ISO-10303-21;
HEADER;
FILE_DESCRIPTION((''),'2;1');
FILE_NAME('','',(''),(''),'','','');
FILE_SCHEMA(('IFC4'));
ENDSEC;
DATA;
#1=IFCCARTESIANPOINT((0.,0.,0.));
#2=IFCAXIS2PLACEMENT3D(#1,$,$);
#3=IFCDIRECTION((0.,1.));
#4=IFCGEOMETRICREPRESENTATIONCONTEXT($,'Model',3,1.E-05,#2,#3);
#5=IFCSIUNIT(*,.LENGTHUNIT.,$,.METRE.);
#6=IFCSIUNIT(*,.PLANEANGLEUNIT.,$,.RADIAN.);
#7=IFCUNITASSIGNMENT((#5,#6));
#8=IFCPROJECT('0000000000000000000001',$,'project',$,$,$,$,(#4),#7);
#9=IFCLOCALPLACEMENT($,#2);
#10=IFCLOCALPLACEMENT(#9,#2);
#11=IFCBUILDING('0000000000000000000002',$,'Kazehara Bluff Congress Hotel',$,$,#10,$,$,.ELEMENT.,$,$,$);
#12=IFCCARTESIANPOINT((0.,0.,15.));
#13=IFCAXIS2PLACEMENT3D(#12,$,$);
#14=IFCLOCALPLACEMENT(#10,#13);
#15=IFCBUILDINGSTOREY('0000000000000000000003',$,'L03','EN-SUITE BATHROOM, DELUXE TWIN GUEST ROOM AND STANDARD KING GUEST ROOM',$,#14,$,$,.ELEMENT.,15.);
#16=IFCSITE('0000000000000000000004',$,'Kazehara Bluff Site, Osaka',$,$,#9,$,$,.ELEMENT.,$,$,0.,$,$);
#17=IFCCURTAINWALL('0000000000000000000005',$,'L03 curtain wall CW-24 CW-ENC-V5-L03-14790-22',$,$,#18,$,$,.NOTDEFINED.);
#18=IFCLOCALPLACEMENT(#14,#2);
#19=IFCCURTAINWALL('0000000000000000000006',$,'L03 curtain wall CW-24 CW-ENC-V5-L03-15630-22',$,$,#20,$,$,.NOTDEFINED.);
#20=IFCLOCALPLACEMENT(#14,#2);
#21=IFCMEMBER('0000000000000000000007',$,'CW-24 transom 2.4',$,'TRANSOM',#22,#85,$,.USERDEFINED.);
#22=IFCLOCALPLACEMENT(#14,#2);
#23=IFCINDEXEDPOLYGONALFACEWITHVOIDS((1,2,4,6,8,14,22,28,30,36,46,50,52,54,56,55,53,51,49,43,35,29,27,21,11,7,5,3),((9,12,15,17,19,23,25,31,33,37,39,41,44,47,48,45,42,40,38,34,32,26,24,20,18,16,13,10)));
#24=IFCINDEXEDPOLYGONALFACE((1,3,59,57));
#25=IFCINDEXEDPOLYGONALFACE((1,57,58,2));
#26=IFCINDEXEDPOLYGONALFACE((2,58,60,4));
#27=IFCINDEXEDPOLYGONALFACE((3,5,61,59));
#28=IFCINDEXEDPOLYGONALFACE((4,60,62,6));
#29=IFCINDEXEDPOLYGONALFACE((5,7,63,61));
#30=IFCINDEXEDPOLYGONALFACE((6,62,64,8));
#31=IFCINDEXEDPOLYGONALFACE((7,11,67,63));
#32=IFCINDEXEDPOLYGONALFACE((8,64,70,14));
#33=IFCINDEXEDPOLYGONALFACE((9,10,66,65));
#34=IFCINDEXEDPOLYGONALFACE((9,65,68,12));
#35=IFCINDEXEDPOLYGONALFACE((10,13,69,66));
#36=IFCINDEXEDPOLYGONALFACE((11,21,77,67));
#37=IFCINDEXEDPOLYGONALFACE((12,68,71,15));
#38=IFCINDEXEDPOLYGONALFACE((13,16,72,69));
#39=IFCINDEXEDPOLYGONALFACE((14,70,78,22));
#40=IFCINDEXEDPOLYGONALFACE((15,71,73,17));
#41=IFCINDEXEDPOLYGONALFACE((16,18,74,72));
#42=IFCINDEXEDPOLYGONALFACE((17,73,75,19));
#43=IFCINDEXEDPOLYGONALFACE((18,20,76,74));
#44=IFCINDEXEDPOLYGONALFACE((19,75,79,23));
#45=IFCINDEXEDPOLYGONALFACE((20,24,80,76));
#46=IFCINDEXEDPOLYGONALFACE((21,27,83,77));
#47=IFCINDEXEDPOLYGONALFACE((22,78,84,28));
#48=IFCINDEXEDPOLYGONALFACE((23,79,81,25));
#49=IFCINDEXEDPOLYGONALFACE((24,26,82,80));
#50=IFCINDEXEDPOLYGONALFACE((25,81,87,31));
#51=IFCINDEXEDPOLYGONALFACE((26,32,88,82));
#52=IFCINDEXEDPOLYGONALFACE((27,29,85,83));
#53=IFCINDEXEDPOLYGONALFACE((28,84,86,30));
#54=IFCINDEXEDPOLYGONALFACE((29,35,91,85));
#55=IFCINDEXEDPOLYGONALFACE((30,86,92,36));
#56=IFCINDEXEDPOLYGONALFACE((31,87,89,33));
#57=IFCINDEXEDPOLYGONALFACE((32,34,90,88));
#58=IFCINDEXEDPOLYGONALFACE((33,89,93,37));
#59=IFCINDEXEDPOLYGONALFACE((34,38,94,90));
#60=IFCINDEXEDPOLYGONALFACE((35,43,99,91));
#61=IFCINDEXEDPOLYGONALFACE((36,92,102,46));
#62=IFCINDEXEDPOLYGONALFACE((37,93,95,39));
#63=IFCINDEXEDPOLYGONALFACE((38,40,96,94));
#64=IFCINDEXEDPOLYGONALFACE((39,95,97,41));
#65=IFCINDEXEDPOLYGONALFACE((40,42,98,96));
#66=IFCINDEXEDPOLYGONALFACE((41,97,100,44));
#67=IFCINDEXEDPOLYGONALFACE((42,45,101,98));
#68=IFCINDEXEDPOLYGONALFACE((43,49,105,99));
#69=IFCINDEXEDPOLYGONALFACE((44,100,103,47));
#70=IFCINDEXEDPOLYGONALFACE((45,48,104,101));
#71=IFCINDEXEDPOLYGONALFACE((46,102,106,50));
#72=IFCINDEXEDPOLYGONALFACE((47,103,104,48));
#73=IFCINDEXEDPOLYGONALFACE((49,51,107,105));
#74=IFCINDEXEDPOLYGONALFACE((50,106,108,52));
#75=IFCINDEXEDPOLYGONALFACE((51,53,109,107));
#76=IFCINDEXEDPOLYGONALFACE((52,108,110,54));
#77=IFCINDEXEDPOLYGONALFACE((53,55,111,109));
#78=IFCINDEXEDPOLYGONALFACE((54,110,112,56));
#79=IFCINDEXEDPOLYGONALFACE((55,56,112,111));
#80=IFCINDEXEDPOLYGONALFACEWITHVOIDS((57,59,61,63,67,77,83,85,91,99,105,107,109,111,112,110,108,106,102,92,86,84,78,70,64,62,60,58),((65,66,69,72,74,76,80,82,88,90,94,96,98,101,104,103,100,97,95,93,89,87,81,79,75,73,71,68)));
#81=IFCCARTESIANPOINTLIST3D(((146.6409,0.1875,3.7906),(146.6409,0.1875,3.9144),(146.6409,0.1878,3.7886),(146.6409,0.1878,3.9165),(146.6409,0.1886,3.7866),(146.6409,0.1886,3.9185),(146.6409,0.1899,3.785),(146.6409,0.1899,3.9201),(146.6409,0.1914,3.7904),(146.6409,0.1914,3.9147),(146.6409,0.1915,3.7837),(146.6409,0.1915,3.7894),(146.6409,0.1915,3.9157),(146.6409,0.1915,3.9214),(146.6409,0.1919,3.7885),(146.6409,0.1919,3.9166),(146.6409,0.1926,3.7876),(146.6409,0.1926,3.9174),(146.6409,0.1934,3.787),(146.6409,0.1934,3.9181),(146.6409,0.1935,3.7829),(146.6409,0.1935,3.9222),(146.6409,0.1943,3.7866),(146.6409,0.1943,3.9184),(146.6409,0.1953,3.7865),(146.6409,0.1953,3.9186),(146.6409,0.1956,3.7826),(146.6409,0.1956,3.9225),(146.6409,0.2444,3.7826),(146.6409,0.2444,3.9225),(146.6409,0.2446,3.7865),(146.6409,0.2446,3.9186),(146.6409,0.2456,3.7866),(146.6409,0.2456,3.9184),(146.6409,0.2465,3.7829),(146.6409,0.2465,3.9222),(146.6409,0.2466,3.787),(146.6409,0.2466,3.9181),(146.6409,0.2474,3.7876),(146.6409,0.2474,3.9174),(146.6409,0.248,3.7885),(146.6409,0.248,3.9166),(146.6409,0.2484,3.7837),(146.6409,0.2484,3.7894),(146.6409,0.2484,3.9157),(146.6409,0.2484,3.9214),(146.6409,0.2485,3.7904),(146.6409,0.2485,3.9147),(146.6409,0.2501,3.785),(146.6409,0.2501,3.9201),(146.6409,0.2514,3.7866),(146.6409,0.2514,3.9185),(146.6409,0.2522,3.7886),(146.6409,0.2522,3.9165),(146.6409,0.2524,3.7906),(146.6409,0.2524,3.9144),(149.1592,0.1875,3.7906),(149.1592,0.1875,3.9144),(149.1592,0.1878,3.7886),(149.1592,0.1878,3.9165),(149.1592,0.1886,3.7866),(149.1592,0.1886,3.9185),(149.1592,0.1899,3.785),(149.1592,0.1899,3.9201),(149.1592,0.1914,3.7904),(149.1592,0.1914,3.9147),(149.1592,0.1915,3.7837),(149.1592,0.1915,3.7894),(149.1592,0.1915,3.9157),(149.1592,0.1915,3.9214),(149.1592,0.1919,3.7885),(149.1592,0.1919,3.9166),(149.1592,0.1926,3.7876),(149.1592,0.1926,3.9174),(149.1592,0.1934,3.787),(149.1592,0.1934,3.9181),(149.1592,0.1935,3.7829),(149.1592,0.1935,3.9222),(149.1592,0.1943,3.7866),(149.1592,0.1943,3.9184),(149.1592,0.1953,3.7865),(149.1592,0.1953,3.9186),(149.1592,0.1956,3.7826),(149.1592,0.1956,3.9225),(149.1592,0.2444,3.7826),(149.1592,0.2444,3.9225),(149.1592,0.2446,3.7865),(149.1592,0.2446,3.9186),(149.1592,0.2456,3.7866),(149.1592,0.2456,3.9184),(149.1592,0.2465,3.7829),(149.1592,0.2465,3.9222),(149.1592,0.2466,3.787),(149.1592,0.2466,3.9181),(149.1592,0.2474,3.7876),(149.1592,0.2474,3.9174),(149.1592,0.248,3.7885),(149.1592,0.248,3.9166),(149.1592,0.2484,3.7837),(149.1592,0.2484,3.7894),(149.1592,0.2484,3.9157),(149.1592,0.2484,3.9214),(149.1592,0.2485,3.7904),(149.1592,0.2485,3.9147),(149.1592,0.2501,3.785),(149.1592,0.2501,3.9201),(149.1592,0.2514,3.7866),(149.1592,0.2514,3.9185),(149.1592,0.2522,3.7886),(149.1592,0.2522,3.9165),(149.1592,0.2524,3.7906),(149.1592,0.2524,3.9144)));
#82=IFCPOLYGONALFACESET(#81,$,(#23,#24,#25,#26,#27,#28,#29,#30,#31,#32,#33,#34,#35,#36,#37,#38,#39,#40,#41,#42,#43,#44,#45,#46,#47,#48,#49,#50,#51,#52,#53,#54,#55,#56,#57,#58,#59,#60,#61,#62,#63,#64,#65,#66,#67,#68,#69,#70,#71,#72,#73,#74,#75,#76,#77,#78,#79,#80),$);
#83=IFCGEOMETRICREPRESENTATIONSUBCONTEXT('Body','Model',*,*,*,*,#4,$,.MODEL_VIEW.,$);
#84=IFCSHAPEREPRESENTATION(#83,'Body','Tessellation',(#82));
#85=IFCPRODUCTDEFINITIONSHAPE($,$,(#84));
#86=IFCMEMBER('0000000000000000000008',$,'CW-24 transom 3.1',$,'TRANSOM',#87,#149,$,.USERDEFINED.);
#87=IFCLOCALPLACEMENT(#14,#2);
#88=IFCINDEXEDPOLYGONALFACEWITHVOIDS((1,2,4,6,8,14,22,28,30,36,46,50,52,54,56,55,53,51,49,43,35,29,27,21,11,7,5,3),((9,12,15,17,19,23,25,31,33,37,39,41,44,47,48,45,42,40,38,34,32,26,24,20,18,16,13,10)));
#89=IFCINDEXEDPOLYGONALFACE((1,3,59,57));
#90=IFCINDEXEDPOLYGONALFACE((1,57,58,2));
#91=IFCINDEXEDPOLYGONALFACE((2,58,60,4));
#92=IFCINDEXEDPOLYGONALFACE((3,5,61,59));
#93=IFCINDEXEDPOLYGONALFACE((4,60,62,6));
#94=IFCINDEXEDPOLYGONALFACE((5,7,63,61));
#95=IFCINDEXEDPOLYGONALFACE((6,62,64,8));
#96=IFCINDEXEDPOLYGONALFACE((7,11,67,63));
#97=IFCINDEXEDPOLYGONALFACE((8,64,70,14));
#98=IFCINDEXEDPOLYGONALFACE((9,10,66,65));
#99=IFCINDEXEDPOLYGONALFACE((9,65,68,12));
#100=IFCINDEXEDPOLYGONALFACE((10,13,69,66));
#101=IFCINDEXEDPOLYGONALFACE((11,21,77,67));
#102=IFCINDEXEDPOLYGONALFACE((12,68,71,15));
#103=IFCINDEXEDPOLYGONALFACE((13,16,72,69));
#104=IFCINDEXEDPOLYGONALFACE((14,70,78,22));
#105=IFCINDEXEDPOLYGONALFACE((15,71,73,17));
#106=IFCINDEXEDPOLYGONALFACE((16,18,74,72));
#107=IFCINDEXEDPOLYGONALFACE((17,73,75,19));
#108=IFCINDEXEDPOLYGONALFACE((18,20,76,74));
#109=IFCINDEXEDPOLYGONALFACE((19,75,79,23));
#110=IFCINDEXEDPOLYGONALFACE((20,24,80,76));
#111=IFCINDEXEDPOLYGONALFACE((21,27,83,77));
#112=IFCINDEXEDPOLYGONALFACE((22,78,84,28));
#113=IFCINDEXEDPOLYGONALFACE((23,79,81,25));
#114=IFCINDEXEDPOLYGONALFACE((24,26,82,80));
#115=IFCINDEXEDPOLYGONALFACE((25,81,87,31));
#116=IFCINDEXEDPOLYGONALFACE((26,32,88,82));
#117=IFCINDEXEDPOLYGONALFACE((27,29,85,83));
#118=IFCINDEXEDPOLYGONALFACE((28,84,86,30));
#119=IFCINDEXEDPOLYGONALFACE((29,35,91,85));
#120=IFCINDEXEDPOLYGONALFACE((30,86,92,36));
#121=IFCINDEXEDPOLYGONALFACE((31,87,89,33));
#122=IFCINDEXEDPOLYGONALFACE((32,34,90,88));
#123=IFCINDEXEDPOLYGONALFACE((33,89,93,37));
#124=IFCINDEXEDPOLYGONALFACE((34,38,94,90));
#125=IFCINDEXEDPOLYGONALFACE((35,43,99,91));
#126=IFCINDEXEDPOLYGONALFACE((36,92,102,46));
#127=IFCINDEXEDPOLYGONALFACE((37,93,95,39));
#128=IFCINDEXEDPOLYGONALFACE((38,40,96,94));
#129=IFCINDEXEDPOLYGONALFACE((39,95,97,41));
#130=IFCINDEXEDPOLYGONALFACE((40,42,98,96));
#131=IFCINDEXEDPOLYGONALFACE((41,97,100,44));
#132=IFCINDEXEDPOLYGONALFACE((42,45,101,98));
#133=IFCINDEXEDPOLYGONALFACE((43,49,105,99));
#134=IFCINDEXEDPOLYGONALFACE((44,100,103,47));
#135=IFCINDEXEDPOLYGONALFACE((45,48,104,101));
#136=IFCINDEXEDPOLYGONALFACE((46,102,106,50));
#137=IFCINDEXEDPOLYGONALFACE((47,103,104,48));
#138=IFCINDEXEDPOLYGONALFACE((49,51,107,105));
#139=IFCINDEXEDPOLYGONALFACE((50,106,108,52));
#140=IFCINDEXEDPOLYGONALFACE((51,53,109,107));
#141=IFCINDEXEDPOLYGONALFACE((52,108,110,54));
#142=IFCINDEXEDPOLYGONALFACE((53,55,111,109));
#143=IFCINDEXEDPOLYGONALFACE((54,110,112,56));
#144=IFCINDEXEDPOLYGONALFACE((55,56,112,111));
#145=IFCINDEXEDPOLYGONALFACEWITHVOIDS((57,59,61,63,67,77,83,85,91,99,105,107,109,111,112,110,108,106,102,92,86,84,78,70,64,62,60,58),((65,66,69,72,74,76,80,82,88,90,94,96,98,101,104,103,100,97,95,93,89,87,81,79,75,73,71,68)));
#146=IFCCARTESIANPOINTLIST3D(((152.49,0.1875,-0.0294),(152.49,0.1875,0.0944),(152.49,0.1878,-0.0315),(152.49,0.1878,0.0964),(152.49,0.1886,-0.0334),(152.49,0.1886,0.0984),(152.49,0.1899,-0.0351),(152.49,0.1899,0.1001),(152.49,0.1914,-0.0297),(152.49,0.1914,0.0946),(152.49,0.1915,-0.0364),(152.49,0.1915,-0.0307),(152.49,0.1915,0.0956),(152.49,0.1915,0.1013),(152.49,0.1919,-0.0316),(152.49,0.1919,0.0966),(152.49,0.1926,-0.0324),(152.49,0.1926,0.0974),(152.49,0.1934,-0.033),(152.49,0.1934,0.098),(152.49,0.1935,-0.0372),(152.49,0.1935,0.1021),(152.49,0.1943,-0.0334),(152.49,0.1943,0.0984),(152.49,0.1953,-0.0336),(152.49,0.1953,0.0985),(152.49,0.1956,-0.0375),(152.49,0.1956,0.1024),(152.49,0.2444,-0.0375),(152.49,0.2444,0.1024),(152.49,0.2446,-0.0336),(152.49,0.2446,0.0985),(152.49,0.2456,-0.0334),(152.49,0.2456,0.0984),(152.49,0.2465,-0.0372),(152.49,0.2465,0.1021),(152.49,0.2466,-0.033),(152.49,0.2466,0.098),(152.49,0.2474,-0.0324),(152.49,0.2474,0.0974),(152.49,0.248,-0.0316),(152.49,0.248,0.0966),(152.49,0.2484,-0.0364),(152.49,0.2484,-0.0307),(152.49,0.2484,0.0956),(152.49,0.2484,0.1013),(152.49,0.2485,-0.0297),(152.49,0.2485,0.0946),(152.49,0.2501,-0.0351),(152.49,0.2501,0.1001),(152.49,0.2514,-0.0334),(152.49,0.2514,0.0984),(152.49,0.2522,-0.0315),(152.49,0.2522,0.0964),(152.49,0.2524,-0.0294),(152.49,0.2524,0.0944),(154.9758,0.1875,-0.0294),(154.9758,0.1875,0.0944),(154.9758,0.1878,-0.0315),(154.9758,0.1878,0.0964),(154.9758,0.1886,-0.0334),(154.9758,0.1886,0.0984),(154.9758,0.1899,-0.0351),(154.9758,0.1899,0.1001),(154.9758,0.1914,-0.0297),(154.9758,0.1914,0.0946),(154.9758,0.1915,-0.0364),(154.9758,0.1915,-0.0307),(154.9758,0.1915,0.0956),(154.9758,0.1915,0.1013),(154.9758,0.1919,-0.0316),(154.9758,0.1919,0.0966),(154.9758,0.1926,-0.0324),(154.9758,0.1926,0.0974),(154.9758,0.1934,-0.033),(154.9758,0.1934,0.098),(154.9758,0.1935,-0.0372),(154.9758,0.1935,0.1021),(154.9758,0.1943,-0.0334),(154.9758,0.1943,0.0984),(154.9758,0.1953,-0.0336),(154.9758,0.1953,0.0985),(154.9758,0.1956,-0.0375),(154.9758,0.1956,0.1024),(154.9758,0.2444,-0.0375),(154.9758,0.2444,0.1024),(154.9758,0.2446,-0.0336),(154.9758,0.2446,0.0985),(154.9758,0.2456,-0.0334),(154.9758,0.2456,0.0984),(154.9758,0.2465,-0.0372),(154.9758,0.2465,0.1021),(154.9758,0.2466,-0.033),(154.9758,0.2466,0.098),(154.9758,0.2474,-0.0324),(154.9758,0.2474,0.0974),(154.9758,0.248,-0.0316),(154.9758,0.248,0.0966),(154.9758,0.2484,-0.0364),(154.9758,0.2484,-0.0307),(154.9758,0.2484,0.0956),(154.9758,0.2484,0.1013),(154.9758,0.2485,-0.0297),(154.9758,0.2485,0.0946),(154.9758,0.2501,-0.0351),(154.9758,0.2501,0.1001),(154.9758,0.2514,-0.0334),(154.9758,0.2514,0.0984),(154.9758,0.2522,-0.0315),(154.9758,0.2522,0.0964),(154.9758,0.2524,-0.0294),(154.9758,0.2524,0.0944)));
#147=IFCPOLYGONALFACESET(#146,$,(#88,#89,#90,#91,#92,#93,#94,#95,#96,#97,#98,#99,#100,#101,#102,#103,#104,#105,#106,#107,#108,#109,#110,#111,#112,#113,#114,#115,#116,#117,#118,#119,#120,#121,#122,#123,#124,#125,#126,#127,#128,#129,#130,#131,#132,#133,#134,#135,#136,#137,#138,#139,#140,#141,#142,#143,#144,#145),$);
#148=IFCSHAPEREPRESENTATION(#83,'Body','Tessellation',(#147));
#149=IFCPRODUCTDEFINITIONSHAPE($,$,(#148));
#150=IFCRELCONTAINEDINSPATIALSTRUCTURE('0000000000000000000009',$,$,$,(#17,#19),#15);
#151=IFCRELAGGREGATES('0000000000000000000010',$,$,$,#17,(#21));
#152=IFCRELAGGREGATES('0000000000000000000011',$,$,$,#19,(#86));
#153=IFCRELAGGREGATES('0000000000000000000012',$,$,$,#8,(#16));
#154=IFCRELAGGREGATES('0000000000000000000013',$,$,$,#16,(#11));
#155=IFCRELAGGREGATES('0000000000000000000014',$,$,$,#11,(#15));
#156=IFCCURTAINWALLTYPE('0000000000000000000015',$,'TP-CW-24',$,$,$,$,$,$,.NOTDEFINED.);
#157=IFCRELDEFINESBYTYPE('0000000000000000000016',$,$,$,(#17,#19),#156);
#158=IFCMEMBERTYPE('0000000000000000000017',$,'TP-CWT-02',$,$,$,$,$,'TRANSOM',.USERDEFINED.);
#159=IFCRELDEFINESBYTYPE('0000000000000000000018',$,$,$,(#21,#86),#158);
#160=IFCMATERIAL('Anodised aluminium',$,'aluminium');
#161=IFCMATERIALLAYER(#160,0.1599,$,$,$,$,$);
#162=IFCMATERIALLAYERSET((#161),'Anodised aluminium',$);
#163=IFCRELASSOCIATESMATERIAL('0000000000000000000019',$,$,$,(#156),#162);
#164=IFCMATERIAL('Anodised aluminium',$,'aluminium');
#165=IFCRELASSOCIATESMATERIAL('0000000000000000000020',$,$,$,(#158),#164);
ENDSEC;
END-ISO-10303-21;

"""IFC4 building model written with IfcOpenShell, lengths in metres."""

from ifc_helpers import new_model, si_unit, direction, frame, origin, origin_2d, place, context, subcontext, project, spatial, hollow_rectangle, extrude, material, layer, layer_set, material_profile, profile_set, type_object, element, aggregate, save


model = new_model("IFC4")

# Units and contexts
model_context = context("Model", 3, precision=1e-05, world=origin(), true_north=direction((0.0, 1.0)))
body_context = subcontext(model_context, "Body", "Model", "MODEL_VIEW")
ifc_project = project(units=[si_unit("LENGTHUNIT", "METRE"), si_unit("PLANEANGLEUNIT", "RADIAN")], contexts=[model_context])

# Site, building, storey
site_placement = place(None, origin())
site = spatial("IfcSite", under=ifc_project, at=site_placement, Name="Kazehara Bluff Site, Osaka", CompositionType="ELEMENT", RefElevation=0.0)
building_placement = place(site_placement, origin())
building = spatial("IfcBuilding", under=site, at=building_placement, Name="Kazehara Bluff Congress Hotel", CompositionType="ELEMENT")
storey_placement = place(building_placement, frame((0.0, 0.0, 15.0)))
storey = spatial("IfcBuildingStorey", under=building, at=storey_placement, Name="L03", Description="EN-SUITE BATHROOM, DELUXE TWIN GUEST ROOM AND STANDARD KING GUEST ROOM", CompositionType="ELEMENT", Elevation=15.0)

# Curtain walls
ifc_material_1 = material(Name="Anodised aluminium", Category="aluminium")
ifc_layer_1 = layer(ifc_material_1, 0.1599)
ifc_layer_set_1 = layer_set([ifc_layer_1], Name="Anodised aluminium")
curtain_wall_type = type_object("IfcCurtainWallType", Name="TP-CW-24", PredefinedType="NOTDEFINED", material=ifc_layer_set_1)
curtain_wall_1_placement = place(storey_placement, origin())
curtain_wall_1 = element("IfcCurtainWall", 1, at=curtain_wall_1_placement, inside=storey, type_object=curtain_wall_type, Name="L03 curtain wall CW-24 CW-ENC-V5-L03-14790-22", PredefinedType="NOTDEFINED")
curtain_wall_2_placement = place(storey_placement, origin())
curtain_wall_2 = element("IfcCurtainWall", 2, at=curtain_wall_2_placement, inside=storey, type_object=curtain_wall_type, Name="L03 curtain wall CW-24 CW-ENC-V5-L03-15630-22", PredefinedType="NOTDEFINED")

# Members
ifc_material_2 = material(Name="Anodised aluminium", Category="aluminium")
ifc_material_profile_1 = material_profile(ifc_material_2, hollow_rectangle(XDim=0.0649, YDim=0.1399, WallThickness=0.0039, InnerFilletRadius=0.0039, OuterFilletRadius=0.0081, at=origin_2d()))
ifc_profile_set_1 = profile_set([ifc_material_profile_1], Name="Anodised aluminium")
member_type_1 = type_object("IfcMemberType", Name="TP-CWT-02", ElementType="TRANSOM", PredefinedType="USERDEFINED", material=ifc_profile_set_1)
member_1_placement = place(storey_placement, frame((149.1592, 0.22, 3.8525), z_axis=(-1.0, 0.0, 0.0), x_axis=(0.0, -1.0, 0.0)))
member_1 = element("IfcMember", 3, at=member_1_placement, type_object=member_type_1, Name="CW-24 transom 2.4", ObjectType="TRANSOM", PredefinedType="USERDEFINED", context=body_context, shape_type="SweptSolid", body=[
    extrude(hollow_rectangle(XDim=0.0649, YDim=0.1399, WallThickness=0.0039, InnerFilletRadius=0.0039, OuterFilletRadius=0.0081, at=origin_2d()), origin(), (0.0, 0.0, 1.0), 2.5183),
])
member_2_placement = place(storey_placement, frame((154.9758, 0.22, 0.0325), z_axis=(-1.0, 0.0, 0.0), x_axis=(0.0, -1.0, 0.0)))
member_2 = element("IfcMember", 4, at=member_2_placement, type_object=member_type_1, Name="CW-24 transom 3.1", ObjectType="TRANSOM", PredefinedType="USERDEFINED", context=body_context, shape_type="SweptSolid", body=[
    extrude(hollow_rectangle(XDim=0.0649, YDim=0.1399, WallThickness=0.0039, InnerFilletRadius=0.0039, OuterFilletRadius=0.0081, at=origin_2d()), origin(), (0.0, 0.0, 1.0), 2.4858),
])

aggregate(curtain_wall_1, [member_1])
aggregate(curtain_wall_2, [member_2])

save(model, "model.ifc")
